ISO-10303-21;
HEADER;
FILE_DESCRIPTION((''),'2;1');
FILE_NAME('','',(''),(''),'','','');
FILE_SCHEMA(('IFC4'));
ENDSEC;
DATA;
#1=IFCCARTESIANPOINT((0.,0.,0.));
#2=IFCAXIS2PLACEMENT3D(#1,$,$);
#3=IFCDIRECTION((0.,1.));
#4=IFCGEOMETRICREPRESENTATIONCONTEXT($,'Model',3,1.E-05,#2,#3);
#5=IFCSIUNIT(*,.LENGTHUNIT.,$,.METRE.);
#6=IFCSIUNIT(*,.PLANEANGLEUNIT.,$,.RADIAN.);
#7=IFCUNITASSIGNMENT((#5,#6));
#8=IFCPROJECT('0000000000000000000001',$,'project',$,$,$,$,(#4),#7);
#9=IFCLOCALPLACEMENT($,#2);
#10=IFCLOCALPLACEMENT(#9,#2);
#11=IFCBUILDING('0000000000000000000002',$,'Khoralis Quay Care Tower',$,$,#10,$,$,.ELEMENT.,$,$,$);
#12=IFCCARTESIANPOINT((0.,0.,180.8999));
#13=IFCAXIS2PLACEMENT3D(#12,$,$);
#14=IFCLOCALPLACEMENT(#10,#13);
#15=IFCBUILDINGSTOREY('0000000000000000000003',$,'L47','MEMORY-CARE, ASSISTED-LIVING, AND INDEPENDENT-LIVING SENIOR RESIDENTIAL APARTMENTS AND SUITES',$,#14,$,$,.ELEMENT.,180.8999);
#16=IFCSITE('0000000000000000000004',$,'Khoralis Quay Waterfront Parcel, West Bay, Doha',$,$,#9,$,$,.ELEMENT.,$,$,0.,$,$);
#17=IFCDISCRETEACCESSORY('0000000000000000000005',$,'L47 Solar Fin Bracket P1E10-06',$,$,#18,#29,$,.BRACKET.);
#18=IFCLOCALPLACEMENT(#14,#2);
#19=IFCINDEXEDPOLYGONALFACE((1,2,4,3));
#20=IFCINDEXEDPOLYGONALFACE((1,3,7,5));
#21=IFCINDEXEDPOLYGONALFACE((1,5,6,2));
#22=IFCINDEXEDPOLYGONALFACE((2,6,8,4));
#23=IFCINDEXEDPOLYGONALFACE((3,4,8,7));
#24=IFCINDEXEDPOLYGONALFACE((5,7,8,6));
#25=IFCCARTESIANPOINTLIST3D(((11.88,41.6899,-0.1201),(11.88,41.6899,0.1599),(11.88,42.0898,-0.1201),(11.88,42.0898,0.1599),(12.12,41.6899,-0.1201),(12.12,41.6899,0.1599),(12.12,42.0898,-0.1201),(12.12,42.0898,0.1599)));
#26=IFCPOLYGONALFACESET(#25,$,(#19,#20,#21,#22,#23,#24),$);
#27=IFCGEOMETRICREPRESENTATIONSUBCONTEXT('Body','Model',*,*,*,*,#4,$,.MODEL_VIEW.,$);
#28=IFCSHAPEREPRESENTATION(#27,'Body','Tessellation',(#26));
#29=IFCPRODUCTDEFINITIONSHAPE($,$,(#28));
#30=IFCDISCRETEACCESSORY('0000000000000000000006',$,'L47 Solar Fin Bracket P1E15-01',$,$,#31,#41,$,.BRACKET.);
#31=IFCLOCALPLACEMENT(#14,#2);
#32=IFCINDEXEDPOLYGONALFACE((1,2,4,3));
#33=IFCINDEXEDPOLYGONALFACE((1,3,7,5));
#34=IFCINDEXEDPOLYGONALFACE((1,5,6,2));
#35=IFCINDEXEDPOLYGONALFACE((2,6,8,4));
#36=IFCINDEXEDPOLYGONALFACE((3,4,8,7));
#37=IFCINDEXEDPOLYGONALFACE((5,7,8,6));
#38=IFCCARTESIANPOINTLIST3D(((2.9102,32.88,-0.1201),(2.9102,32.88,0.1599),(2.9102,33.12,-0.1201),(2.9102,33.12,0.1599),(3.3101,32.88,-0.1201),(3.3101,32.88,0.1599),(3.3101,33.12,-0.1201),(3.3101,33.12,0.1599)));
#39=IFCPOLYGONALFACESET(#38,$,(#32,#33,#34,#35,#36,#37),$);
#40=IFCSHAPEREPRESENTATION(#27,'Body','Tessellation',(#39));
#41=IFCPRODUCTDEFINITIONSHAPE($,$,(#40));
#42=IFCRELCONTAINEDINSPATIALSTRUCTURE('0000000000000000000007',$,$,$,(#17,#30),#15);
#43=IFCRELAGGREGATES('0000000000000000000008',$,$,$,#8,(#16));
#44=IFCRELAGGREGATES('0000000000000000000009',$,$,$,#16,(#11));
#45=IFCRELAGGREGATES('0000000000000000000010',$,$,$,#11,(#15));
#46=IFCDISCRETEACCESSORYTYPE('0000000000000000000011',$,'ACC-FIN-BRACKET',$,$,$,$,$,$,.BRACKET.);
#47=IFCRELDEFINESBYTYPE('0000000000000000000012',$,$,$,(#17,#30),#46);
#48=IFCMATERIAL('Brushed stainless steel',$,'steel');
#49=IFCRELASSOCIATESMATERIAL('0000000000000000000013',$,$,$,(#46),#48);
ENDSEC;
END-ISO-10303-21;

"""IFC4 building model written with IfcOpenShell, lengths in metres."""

from ifc_helpers import new_model, si_unit, direction, frame, origin, origin_2d, place, context, subcontext, project, spatial, rectangle, extrude, source, transform, mapped, material, type_object, element, save


model = new_model("IFC4")

# Units and contexts
model_context = context("Model", 3, precision=1e-05, world=origin(), true_north=direction((0.0, 1.0)))
body_context = subcontext(model_context, "Body", "Model", "MODEL_VIEW")
ifc_project = project(units=[si_unit("LENGTHUNIT", "METRE"), si_unit("PLANEANGLEUNIT", "RADIAN")], contexts=[model_context])

# Site, building, storey
site_placement = place(None, origin())
site = spatial("IfcSite", under=ifc_project, at=site_placement, Name="Khoralis Quay Waterfront Parcel, West Bay, Doha", CompositionType="ELEMENT", RefElevation=0.0)
building_placement = place(site_placement, origin())
building = spatial("IfcBuilding", under=site, at=building_placement, Name="Khoralis Quay Care Tower", CompositionType="ELEMENT")
storey_placement = place(building_placement, frame((0.0, 0.0, 180.8999)))
storey = spatial("IfcBuildingStorey", under=building, at=storey_placement, Name="L47", Description="MEMORY-CARE, ASSISTED-LIVING, AND INDEPENDENT-LIVING SENIOR RESIDENTIAL APARTMENTS AND SUITES", CompositionType="ELEMENT", Elevation=180.8999)

# Discrete accessories
ifc_material_1 = material(Name="Brushed stainless steel", Category="steel")
discrete_accessory_type = type_object("IfcDiscreteAccessoryType", Name="ACC-FIN-BRACKET", PredefinedType="BRACKET", material=ifc_material_1)
shared_shape_1 = source(origin(), body_context, "Body", "SweptSolid", [
    extrude(rectangle(XDim=0.3999, YDim=0.24, at=origin_2d()), origin(), (0.0, 0.0, 1.0), 0.28),
])
for number, where, z_axis, x_axis, name in (
    (1, (12.0, 41.8899, -0.1201), (0.0, 0.0, 1.0), (0.0, 1.0, 0.0), "L47 Solar Fin Bracket P1E10-06"),
    (2, (3.1101, 33.0, -0.1201), (0.0, 0.0, 1.0), (-1.0, 0.0, 0.0), "L47 Solar Fin Bracket P1E15-01"),
):
    element("IfcDiscreteAccessory", number, at=place(storey_placement, frame(where, z_axis=z_axis, x_axis=x_axis)), inside=storey, type_object=discrete_accessory_type, Name=name, PredefinedType="BRACKET", context=body_context, shape_type="MappedRepresentation", body=[
        mapped(shared_shape_1, transform((0.0, 0.0, 0.0), scale=1.0)),
    ])

save(model, "model.ifc")
